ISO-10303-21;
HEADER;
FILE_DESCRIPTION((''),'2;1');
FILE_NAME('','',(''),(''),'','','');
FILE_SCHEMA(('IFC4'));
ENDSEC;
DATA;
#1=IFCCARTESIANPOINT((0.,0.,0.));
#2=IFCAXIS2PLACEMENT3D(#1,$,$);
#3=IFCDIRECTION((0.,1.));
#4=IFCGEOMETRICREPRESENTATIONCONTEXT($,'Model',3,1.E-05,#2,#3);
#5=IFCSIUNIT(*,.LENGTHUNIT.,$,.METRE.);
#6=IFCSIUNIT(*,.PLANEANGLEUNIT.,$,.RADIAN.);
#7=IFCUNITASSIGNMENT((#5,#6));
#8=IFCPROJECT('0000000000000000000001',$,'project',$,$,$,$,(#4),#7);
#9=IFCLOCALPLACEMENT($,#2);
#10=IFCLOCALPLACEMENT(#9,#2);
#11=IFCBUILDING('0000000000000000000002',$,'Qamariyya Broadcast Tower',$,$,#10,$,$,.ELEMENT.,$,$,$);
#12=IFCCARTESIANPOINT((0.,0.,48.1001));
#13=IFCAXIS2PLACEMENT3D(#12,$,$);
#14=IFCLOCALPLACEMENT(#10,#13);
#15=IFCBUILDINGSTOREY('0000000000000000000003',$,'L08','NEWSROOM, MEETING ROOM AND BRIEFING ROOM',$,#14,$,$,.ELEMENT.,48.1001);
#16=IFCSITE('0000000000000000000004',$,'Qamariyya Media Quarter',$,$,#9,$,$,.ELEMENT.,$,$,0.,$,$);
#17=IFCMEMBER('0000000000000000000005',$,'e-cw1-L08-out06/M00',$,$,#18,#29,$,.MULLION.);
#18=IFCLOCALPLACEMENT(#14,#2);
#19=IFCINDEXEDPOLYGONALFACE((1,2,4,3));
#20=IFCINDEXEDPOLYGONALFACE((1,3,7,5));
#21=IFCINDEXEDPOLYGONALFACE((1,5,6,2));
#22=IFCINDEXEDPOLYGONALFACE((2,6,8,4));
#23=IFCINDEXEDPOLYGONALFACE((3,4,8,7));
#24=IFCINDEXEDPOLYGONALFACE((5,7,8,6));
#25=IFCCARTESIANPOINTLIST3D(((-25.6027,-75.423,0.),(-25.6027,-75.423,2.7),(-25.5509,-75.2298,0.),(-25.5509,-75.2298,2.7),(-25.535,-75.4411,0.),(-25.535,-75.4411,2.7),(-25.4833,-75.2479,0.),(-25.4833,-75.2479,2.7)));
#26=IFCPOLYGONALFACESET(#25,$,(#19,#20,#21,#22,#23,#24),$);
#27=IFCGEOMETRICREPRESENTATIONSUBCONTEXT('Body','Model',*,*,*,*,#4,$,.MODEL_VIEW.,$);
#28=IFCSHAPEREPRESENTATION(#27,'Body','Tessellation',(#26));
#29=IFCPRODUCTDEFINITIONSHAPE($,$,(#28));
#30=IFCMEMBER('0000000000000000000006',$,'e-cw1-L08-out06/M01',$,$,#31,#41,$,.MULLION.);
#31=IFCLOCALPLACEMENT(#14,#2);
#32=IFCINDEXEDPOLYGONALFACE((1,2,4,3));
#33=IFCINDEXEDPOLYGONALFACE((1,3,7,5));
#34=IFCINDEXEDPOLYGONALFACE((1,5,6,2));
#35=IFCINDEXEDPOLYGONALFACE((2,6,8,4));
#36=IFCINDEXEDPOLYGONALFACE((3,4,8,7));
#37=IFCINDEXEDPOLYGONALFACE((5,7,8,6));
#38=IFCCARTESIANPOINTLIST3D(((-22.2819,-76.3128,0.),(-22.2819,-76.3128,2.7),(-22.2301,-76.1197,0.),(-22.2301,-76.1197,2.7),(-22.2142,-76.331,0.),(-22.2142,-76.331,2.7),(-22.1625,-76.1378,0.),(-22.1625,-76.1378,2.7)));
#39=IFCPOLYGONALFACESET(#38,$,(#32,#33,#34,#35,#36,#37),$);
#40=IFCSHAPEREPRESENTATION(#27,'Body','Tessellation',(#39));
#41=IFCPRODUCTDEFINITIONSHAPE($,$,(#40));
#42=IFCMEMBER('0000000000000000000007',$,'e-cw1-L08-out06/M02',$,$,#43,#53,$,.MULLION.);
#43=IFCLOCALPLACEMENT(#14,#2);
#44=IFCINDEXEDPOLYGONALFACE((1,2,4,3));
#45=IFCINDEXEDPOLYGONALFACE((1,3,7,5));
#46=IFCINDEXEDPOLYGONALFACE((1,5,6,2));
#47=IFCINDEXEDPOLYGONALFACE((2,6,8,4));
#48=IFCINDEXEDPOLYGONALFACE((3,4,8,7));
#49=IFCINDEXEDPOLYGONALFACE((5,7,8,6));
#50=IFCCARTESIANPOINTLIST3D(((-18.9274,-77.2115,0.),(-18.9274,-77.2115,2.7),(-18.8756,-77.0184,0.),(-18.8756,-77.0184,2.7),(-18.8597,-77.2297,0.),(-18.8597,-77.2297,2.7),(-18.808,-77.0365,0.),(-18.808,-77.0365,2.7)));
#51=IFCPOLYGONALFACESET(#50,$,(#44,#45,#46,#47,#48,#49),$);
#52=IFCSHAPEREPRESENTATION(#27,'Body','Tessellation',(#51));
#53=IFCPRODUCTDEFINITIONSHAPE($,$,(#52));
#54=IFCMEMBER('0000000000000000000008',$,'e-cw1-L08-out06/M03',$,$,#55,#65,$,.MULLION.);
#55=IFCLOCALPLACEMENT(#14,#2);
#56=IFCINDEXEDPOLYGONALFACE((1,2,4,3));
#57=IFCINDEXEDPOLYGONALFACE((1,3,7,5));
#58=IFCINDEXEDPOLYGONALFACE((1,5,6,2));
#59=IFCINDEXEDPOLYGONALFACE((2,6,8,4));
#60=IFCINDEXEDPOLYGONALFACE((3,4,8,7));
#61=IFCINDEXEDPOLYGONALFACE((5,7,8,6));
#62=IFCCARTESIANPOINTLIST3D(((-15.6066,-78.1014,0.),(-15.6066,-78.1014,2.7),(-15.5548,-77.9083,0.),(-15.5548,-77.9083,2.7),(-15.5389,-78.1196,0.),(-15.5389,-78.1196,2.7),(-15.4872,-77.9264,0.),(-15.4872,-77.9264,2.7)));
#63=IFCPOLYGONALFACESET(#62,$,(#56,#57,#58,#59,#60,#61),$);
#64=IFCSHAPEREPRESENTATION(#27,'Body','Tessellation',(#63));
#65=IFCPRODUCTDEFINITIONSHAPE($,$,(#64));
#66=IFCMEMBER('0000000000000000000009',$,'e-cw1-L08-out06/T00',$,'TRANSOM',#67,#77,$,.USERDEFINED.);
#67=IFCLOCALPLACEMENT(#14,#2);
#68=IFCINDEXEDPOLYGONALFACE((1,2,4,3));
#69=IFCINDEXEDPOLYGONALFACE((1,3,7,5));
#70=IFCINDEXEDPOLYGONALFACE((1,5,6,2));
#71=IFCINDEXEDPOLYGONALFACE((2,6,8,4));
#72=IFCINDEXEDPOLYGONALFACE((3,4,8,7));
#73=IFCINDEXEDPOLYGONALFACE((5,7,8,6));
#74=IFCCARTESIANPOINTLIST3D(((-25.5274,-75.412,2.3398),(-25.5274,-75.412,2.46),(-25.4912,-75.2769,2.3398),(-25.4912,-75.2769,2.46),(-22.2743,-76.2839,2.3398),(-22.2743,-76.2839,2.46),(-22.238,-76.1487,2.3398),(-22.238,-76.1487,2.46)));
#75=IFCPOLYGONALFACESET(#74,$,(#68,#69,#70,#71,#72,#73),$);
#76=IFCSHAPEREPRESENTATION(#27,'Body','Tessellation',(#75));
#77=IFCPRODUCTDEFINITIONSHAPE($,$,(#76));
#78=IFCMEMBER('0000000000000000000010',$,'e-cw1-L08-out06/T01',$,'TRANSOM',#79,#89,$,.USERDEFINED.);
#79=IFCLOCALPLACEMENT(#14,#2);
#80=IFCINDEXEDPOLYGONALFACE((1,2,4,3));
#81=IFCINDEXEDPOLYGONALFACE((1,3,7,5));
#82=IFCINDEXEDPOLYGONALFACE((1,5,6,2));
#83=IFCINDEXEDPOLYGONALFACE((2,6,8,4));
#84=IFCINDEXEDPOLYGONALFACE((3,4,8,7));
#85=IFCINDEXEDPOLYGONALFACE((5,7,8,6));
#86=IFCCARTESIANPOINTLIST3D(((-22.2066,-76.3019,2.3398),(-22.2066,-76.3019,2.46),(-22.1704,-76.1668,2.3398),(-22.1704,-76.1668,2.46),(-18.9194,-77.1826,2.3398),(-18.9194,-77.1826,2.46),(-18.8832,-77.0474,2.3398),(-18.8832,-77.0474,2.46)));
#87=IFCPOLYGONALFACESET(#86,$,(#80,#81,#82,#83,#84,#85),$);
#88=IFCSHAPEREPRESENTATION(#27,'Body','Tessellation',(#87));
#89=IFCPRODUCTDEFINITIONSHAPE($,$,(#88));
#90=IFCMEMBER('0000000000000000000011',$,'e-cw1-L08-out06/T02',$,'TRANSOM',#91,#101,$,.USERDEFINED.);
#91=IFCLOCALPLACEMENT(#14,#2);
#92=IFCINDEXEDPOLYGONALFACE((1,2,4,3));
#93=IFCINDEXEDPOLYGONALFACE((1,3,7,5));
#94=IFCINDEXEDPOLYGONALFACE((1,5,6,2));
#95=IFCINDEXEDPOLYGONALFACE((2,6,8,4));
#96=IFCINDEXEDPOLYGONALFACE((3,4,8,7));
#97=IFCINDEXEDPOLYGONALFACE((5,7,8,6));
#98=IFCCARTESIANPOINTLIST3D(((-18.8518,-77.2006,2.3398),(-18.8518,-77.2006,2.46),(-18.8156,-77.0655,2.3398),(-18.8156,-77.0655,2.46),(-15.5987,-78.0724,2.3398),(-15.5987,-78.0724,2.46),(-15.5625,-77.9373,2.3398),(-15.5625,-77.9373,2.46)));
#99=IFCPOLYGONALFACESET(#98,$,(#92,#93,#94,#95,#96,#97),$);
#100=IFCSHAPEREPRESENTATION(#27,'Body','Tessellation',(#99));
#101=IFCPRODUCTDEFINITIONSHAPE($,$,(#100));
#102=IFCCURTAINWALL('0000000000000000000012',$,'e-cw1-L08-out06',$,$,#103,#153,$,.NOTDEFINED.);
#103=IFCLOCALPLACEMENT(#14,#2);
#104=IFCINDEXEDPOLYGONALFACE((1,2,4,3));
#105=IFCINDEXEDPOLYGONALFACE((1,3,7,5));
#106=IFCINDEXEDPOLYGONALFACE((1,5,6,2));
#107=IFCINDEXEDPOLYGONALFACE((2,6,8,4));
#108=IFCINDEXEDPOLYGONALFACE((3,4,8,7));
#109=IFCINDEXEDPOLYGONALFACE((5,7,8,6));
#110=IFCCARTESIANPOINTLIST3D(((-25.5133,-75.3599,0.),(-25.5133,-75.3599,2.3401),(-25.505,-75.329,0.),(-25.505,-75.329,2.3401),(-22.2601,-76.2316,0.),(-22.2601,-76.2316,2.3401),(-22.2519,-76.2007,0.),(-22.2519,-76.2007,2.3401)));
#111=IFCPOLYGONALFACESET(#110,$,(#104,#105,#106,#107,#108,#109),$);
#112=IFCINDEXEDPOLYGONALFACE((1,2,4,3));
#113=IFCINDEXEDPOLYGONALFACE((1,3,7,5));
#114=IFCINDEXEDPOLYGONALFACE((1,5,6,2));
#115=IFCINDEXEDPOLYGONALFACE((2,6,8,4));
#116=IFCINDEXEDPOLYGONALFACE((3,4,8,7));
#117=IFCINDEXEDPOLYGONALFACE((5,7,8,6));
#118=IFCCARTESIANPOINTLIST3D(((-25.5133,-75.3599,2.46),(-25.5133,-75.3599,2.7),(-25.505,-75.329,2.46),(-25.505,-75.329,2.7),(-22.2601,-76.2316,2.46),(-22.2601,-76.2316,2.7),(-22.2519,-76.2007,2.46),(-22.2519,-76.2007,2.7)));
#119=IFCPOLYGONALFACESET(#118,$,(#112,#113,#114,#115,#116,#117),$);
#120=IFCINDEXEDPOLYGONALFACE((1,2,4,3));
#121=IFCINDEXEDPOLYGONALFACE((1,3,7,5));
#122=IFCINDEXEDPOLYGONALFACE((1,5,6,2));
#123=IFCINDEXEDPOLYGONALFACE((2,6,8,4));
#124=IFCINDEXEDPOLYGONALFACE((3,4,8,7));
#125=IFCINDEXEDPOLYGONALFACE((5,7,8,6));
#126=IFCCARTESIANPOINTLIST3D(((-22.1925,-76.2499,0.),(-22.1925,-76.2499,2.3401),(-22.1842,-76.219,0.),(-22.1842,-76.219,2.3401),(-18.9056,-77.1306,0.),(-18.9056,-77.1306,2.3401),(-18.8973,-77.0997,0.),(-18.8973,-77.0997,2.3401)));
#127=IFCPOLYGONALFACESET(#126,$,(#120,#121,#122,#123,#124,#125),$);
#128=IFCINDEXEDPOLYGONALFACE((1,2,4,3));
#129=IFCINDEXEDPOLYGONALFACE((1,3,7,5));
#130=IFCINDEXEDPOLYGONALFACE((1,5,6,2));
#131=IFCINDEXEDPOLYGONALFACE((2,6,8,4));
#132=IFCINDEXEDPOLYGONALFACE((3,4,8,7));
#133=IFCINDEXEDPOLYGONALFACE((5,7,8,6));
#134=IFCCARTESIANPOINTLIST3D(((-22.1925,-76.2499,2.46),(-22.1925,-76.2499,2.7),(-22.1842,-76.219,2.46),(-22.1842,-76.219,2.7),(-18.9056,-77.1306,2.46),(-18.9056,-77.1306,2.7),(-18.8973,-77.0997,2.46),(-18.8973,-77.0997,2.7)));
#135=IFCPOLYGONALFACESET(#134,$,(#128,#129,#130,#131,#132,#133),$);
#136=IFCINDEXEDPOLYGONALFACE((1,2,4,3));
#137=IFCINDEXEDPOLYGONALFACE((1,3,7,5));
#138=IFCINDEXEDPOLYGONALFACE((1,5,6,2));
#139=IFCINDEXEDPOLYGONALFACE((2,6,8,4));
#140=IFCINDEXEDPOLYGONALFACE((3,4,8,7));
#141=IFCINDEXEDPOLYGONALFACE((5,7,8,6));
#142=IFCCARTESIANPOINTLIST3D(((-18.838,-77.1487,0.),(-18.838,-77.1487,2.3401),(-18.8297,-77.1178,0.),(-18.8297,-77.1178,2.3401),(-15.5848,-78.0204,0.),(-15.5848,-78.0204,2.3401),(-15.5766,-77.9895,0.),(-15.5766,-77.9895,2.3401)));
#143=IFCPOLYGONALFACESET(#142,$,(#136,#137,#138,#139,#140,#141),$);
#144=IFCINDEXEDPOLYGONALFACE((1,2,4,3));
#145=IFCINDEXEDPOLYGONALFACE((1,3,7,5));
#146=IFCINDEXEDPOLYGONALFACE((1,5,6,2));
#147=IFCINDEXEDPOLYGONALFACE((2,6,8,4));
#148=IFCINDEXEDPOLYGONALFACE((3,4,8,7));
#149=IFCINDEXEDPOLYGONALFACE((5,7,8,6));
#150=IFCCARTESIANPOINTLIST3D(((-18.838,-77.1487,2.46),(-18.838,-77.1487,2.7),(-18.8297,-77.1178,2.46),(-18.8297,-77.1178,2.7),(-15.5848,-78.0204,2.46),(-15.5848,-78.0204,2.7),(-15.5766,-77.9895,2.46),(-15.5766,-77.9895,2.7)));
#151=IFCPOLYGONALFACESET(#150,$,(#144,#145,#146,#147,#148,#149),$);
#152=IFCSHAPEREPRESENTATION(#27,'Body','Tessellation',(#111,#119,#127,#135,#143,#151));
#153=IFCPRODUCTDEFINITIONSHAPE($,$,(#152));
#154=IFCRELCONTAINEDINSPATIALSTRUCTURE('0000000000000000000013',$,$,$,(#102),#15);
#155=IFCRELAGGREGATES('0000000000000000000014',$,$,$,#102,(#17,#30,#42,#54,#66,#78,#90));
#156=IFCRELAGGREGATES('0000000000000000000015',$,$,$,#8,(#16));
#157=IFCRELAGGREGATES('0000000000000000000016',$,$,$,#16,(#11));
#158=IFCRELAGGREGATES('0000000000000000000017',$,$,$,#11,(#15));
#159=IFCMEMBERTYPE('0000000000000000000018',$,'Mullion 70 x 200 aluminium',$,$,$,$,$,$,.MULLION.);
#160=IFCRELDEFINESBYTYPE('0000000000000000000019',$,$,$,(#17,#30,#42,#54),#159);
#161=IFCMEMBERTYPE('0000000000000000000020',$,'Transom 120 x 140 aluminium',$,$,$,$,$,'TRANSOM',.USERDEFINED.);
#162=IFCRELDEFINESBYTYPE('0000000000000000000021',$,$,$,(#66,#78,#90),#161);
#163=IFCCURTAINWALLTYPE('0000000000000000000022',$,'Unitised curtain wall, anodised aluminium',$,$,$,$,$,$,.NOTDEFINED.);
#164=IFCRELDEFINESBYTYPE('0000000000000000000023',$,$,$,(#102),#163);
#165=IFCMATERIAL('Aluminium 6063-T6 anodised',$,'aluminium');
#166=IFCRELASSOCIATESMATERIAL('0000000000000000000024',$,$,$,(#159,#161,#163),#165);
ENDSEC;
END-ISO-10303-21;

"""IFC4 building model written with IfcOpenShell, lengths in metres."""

from ifc_helpers import new_model, si_unit, direction, frame, origin, origin_2d, place, context, subcontext, project, spatial, rectangle, extrude, material, material_profile, profile_set, type_object, element, aggregate, save


model = new_model("IFC4")

# Units and contexts
model_context = context("Model", 3, precision=1e-05, world=origin(), true_north=direction((0.0, 1.0)))
body_context = subcontext(model_context, "Body", "Model", "MODEL_VIEW")
ifc_project = project(units=[si_unit("LENGTHUNIT", "METRE"), si_unit("PLANEANGLEUNIT", "RADIAN")], contexts=[model_context])

# Members
ifc_material = material(Name="Aluminium 6063-T6 anodised", Category="aluminium")
ifc_material_profile_1 = material_profile(ifc_material, rectangle(XDim=0.2, YDim=0.0701, at=origin_2d()))
ifc_profile_set_1 = profile_set([ifc_material_profile_1], Name="Aluminium 6063-T6 anodised")
member_type_1 = type_object("IfcMemberType", Name="Mullion 70 x 200 aluminium", PredefinedType="MULLION", material=ifc_profile_set_1)
site_placement = place(None, origin())
building_placement = place(site_placement, origin())
storey_placement = place(building_placement, frame((0.0, 0.0, 48.1001)))
member_1_placement = place(storey_placement, frame((-25.543, -75.3354, 0.0), z_axis=(0.0, 0.0, 1.0), x_axis=(0.258819, 0.965926, 0.0)))
member_1 = element("IfcMember", 1, at=member_1_placement, type_object=member_type_1, Name="e-cw1-L08-out06/M00", PredefinedType="MULLION", context=body_context, shape_type="SweptSolid", body=[
    extrude(rectangle(XDim=0.2, YDim=0.0701, at=origin_2d()), origin(), (0.0, 0.0, 1.0), 2.7),
])
member_2_placement = place(storey_placement, frame((-22.2222, -76.2253, 0.0), z_axis=(0.0, 0.0, 1.0), x_axis=(0.258819, 0.965926, 0.0)))
member_2 = element("IfcMember", 2, at=member_2_placement, type_object=member_type_1, Name="e-cw1-L08-out06/M01", PredefinedType="MULLION", context=body_context, shape_type="SweptSolid", body=[
    extrude(rectangle(XDim=0.2, YDim=0.0701, at=origin_2d()), origin(), (0.0, 0.0, 1.0), 2.7),
])
member_3_placement = place(storey_placement, frame((-18.8677, -77.124, 0.0), z_axis=(0.0, 0.0, 1.0), x_axis=(0.258819, 0.965926, 0.0)))
member_3 = element("IfcMember", 3, at=member_3_placement, type_object=member_type_1, Name="e-cw1-L08-out06/M02", PredefinedType="MULLION", context=body_context, shape_type="SweptSolid", body=[
    extrude(rectangle(XDim=0.2, YDim=0.0701, at=origin_2d()), origin(), (0.0, 0.0, 1.0), 2.7),
])
member_4_placement = place(storey_placement, frame((-15.5469, -78.0139, 0.0), z_axis=(0.0, 0.0, 1.0), x_axis=(0.258819, 0.965926, 0.0)))
member_4 = element("IfcMember", 4, at=member_4_placement, type_object=member_type_1, Name="e-cw1-L08-out06/M03", PredefinedType="MULLION", context=body_context, shape_type="SweptSolid", body=[
    extrude(rectangle(XDim=0.2, YDim=0.0701, at=origin_2d()), origin(), (0.0, 0.0, 1.0), 2.7),
])
ifc_material_profile_2 = material_profile(ifc_material, rectangle(XDim=0.1399, YDim=0.1201, at=origin_2d()))
ifc_profile_set_2 = profile_set([ifc_material_profile_2], Name="Aluminium 6063-T6 anodised")
member_type_2 = type_object("IfcMemberType", Name="Transom 120 x 140 aluminium", ElementType="TRANSOM", PredefinedType="USERDEFINED", material=ifc_profile_set_2)
member_5_placement = place(storey_placement, frame((-25.5093, -75.3445, 2.3999), z_axis=(0.965915, -0.258858, 0.0), x_axis=(0.258858, 0.965915, 0.0)))
member_5 = element("IfcMember", 5, at=member_5_placement, type_object=member_type_2, Name="e-cw1-L08-out06/T00", ObjectType="TRANSOM", PredefinedType="USERDEFINED", context=body_context, shape_type="SweptSolid", body=[
    extrude(rectangle(XDim=0.1399, YDim=0.1201, at=origin_2d()), origin(), (0.0, 0.0, 1.0), 3.3679),
])
member_6_placement = place(storey_placement, frame((-22.1885, -76.2344, 2.3999), z_axis=(0.965938, -0.258774, 0.0), x_axis=(0.258774, 0.965938, 0.0)))
member_6 = element("IfcMember", 6, at=member_6_placement, type_object=member_type_2, Name="e-cw1-L08-out06/T01", ObjectType="TRANSOM", PredefinedType="USERDEFINED", context=body_context, shape_type="SweptSolid", body=[
    extrude(rectangle(XDim=0.1399, YDim=0.1201, at=origin_2d()), origin(), (0.0, 0.0, 1.0), 3.4031),
])
member_7_placement = place(storey_placement, frame((-18.8337, -77.1331, 2.3999), z_axis=(0.965915, -0.258858, 0.0), x_axis=(0.258858, 0.965915, 0.0)))
member_7 = element("IfcMember", 7, at=member_7_placement, type_object=member_type_2, Name="e-cw1-L08-out06/T02", ObjectType="TRANSOM", PredefinedType="USERDEFINED", context=body_context, shape_type="SweptSolid", body=[
    extrude(rectangle(XDim=0.1399, YDim=0.1201, at=origin_2d()), origin(), (0.0, 0.0, 1.0), 3.3679),
])

# Site, building, storey
site = spatial("IfcSite", under=ifc_project, at=site_placement, Name="Qamariyya Media Quarter", CompositionType="ELEMENT", RefElevation=0.0)
building = spatial("IfcBuilding", under=site, at=building_placement, Name="Qamariyya Broadcast Tower", CompositionType="ELEMENT")
storey = spatial("IfcBuildingStorey", under=building, at=storey_placement, Name="L08", Description="NEWSROOM, MEETING ROOM AND BRIEFING ROOM", CompositionType="ELEMENT", Elevation=48.1001)

# Curtain wall
curtain_wall_type = type_object("IfcCurtainWallType", Name="Unitised curtain wall, anodised aluminium", PredefinedType="NOTDEFINED", material=ifc_material)
curtain_wall_1_placement = place(storey_placement, origin())
curtain_wall_1 = element("IfcCurtainWall", 8, at=curtain_wall_1_placement, inside=storey, type_object=curtain_wall_type, Name="e-cw1-L08-out06", PredefinedType="NOTDEFINED", context=body_context, shape_type="SweptSolid", body=[
    extrude(rectangle(XDim=3.3679, YDim=0.032, at=origin_2d()), frame((-23.8826, -75.7803, 0.0), x_axis=(0.965925, -0.258822, 0.0)), (0.0, 0.0, 1.0), 2.3401),
    extrude(rectangle(XDim=3.3679, YDim=0.032, at=origin_2d()), frame((-23.8826, -75.7803, 2.46), x_axis=(0.965925, -0.258822, 0.0)), (0.0, 0.0, 1.0), 0.24),
    extrude(rectangle(XDim=3.4028, YDim=0.032, at=origin_2d()), frame((-20.5449, -76.6748, 0.0), x_axis=(0.965925, -0.258822, 0.0)), (0.0, 0.0, 1.0), 2.3401),
    extrude(rectangle(XDim=3.4028, YDim=0.032, at=origin_2d()), frame((-20.5449, -76.6748, 2.46), x_axis=(0.965925, -0.258822, 0.0)), (0.0, 0.0, 1.0), 0.24),
    extrude(rectangle(XDim=3.3679, YDim=0.032, at=origin_2d()), frame((-17.2073, -77.5691, 0.0), x_axis=(0.965925, -0.258822, 0.0)), (0.0, 0.0, 1.0), 2.3401),
    extrude(rectangle(XDim=3.3679, YDim=0.032, at=origin_2d()), frame((-17.2073, -77.5691, 2.46), x_axis=(0.965925, -0.258822, 0.0)), (0.0, 0.0, 1.0), 0.24),
])
aggregate(curtain_wall_1, [member_1, member_2, member_3, member_4, member_5, member_6, member_7])

save(model, "model.ifc")
